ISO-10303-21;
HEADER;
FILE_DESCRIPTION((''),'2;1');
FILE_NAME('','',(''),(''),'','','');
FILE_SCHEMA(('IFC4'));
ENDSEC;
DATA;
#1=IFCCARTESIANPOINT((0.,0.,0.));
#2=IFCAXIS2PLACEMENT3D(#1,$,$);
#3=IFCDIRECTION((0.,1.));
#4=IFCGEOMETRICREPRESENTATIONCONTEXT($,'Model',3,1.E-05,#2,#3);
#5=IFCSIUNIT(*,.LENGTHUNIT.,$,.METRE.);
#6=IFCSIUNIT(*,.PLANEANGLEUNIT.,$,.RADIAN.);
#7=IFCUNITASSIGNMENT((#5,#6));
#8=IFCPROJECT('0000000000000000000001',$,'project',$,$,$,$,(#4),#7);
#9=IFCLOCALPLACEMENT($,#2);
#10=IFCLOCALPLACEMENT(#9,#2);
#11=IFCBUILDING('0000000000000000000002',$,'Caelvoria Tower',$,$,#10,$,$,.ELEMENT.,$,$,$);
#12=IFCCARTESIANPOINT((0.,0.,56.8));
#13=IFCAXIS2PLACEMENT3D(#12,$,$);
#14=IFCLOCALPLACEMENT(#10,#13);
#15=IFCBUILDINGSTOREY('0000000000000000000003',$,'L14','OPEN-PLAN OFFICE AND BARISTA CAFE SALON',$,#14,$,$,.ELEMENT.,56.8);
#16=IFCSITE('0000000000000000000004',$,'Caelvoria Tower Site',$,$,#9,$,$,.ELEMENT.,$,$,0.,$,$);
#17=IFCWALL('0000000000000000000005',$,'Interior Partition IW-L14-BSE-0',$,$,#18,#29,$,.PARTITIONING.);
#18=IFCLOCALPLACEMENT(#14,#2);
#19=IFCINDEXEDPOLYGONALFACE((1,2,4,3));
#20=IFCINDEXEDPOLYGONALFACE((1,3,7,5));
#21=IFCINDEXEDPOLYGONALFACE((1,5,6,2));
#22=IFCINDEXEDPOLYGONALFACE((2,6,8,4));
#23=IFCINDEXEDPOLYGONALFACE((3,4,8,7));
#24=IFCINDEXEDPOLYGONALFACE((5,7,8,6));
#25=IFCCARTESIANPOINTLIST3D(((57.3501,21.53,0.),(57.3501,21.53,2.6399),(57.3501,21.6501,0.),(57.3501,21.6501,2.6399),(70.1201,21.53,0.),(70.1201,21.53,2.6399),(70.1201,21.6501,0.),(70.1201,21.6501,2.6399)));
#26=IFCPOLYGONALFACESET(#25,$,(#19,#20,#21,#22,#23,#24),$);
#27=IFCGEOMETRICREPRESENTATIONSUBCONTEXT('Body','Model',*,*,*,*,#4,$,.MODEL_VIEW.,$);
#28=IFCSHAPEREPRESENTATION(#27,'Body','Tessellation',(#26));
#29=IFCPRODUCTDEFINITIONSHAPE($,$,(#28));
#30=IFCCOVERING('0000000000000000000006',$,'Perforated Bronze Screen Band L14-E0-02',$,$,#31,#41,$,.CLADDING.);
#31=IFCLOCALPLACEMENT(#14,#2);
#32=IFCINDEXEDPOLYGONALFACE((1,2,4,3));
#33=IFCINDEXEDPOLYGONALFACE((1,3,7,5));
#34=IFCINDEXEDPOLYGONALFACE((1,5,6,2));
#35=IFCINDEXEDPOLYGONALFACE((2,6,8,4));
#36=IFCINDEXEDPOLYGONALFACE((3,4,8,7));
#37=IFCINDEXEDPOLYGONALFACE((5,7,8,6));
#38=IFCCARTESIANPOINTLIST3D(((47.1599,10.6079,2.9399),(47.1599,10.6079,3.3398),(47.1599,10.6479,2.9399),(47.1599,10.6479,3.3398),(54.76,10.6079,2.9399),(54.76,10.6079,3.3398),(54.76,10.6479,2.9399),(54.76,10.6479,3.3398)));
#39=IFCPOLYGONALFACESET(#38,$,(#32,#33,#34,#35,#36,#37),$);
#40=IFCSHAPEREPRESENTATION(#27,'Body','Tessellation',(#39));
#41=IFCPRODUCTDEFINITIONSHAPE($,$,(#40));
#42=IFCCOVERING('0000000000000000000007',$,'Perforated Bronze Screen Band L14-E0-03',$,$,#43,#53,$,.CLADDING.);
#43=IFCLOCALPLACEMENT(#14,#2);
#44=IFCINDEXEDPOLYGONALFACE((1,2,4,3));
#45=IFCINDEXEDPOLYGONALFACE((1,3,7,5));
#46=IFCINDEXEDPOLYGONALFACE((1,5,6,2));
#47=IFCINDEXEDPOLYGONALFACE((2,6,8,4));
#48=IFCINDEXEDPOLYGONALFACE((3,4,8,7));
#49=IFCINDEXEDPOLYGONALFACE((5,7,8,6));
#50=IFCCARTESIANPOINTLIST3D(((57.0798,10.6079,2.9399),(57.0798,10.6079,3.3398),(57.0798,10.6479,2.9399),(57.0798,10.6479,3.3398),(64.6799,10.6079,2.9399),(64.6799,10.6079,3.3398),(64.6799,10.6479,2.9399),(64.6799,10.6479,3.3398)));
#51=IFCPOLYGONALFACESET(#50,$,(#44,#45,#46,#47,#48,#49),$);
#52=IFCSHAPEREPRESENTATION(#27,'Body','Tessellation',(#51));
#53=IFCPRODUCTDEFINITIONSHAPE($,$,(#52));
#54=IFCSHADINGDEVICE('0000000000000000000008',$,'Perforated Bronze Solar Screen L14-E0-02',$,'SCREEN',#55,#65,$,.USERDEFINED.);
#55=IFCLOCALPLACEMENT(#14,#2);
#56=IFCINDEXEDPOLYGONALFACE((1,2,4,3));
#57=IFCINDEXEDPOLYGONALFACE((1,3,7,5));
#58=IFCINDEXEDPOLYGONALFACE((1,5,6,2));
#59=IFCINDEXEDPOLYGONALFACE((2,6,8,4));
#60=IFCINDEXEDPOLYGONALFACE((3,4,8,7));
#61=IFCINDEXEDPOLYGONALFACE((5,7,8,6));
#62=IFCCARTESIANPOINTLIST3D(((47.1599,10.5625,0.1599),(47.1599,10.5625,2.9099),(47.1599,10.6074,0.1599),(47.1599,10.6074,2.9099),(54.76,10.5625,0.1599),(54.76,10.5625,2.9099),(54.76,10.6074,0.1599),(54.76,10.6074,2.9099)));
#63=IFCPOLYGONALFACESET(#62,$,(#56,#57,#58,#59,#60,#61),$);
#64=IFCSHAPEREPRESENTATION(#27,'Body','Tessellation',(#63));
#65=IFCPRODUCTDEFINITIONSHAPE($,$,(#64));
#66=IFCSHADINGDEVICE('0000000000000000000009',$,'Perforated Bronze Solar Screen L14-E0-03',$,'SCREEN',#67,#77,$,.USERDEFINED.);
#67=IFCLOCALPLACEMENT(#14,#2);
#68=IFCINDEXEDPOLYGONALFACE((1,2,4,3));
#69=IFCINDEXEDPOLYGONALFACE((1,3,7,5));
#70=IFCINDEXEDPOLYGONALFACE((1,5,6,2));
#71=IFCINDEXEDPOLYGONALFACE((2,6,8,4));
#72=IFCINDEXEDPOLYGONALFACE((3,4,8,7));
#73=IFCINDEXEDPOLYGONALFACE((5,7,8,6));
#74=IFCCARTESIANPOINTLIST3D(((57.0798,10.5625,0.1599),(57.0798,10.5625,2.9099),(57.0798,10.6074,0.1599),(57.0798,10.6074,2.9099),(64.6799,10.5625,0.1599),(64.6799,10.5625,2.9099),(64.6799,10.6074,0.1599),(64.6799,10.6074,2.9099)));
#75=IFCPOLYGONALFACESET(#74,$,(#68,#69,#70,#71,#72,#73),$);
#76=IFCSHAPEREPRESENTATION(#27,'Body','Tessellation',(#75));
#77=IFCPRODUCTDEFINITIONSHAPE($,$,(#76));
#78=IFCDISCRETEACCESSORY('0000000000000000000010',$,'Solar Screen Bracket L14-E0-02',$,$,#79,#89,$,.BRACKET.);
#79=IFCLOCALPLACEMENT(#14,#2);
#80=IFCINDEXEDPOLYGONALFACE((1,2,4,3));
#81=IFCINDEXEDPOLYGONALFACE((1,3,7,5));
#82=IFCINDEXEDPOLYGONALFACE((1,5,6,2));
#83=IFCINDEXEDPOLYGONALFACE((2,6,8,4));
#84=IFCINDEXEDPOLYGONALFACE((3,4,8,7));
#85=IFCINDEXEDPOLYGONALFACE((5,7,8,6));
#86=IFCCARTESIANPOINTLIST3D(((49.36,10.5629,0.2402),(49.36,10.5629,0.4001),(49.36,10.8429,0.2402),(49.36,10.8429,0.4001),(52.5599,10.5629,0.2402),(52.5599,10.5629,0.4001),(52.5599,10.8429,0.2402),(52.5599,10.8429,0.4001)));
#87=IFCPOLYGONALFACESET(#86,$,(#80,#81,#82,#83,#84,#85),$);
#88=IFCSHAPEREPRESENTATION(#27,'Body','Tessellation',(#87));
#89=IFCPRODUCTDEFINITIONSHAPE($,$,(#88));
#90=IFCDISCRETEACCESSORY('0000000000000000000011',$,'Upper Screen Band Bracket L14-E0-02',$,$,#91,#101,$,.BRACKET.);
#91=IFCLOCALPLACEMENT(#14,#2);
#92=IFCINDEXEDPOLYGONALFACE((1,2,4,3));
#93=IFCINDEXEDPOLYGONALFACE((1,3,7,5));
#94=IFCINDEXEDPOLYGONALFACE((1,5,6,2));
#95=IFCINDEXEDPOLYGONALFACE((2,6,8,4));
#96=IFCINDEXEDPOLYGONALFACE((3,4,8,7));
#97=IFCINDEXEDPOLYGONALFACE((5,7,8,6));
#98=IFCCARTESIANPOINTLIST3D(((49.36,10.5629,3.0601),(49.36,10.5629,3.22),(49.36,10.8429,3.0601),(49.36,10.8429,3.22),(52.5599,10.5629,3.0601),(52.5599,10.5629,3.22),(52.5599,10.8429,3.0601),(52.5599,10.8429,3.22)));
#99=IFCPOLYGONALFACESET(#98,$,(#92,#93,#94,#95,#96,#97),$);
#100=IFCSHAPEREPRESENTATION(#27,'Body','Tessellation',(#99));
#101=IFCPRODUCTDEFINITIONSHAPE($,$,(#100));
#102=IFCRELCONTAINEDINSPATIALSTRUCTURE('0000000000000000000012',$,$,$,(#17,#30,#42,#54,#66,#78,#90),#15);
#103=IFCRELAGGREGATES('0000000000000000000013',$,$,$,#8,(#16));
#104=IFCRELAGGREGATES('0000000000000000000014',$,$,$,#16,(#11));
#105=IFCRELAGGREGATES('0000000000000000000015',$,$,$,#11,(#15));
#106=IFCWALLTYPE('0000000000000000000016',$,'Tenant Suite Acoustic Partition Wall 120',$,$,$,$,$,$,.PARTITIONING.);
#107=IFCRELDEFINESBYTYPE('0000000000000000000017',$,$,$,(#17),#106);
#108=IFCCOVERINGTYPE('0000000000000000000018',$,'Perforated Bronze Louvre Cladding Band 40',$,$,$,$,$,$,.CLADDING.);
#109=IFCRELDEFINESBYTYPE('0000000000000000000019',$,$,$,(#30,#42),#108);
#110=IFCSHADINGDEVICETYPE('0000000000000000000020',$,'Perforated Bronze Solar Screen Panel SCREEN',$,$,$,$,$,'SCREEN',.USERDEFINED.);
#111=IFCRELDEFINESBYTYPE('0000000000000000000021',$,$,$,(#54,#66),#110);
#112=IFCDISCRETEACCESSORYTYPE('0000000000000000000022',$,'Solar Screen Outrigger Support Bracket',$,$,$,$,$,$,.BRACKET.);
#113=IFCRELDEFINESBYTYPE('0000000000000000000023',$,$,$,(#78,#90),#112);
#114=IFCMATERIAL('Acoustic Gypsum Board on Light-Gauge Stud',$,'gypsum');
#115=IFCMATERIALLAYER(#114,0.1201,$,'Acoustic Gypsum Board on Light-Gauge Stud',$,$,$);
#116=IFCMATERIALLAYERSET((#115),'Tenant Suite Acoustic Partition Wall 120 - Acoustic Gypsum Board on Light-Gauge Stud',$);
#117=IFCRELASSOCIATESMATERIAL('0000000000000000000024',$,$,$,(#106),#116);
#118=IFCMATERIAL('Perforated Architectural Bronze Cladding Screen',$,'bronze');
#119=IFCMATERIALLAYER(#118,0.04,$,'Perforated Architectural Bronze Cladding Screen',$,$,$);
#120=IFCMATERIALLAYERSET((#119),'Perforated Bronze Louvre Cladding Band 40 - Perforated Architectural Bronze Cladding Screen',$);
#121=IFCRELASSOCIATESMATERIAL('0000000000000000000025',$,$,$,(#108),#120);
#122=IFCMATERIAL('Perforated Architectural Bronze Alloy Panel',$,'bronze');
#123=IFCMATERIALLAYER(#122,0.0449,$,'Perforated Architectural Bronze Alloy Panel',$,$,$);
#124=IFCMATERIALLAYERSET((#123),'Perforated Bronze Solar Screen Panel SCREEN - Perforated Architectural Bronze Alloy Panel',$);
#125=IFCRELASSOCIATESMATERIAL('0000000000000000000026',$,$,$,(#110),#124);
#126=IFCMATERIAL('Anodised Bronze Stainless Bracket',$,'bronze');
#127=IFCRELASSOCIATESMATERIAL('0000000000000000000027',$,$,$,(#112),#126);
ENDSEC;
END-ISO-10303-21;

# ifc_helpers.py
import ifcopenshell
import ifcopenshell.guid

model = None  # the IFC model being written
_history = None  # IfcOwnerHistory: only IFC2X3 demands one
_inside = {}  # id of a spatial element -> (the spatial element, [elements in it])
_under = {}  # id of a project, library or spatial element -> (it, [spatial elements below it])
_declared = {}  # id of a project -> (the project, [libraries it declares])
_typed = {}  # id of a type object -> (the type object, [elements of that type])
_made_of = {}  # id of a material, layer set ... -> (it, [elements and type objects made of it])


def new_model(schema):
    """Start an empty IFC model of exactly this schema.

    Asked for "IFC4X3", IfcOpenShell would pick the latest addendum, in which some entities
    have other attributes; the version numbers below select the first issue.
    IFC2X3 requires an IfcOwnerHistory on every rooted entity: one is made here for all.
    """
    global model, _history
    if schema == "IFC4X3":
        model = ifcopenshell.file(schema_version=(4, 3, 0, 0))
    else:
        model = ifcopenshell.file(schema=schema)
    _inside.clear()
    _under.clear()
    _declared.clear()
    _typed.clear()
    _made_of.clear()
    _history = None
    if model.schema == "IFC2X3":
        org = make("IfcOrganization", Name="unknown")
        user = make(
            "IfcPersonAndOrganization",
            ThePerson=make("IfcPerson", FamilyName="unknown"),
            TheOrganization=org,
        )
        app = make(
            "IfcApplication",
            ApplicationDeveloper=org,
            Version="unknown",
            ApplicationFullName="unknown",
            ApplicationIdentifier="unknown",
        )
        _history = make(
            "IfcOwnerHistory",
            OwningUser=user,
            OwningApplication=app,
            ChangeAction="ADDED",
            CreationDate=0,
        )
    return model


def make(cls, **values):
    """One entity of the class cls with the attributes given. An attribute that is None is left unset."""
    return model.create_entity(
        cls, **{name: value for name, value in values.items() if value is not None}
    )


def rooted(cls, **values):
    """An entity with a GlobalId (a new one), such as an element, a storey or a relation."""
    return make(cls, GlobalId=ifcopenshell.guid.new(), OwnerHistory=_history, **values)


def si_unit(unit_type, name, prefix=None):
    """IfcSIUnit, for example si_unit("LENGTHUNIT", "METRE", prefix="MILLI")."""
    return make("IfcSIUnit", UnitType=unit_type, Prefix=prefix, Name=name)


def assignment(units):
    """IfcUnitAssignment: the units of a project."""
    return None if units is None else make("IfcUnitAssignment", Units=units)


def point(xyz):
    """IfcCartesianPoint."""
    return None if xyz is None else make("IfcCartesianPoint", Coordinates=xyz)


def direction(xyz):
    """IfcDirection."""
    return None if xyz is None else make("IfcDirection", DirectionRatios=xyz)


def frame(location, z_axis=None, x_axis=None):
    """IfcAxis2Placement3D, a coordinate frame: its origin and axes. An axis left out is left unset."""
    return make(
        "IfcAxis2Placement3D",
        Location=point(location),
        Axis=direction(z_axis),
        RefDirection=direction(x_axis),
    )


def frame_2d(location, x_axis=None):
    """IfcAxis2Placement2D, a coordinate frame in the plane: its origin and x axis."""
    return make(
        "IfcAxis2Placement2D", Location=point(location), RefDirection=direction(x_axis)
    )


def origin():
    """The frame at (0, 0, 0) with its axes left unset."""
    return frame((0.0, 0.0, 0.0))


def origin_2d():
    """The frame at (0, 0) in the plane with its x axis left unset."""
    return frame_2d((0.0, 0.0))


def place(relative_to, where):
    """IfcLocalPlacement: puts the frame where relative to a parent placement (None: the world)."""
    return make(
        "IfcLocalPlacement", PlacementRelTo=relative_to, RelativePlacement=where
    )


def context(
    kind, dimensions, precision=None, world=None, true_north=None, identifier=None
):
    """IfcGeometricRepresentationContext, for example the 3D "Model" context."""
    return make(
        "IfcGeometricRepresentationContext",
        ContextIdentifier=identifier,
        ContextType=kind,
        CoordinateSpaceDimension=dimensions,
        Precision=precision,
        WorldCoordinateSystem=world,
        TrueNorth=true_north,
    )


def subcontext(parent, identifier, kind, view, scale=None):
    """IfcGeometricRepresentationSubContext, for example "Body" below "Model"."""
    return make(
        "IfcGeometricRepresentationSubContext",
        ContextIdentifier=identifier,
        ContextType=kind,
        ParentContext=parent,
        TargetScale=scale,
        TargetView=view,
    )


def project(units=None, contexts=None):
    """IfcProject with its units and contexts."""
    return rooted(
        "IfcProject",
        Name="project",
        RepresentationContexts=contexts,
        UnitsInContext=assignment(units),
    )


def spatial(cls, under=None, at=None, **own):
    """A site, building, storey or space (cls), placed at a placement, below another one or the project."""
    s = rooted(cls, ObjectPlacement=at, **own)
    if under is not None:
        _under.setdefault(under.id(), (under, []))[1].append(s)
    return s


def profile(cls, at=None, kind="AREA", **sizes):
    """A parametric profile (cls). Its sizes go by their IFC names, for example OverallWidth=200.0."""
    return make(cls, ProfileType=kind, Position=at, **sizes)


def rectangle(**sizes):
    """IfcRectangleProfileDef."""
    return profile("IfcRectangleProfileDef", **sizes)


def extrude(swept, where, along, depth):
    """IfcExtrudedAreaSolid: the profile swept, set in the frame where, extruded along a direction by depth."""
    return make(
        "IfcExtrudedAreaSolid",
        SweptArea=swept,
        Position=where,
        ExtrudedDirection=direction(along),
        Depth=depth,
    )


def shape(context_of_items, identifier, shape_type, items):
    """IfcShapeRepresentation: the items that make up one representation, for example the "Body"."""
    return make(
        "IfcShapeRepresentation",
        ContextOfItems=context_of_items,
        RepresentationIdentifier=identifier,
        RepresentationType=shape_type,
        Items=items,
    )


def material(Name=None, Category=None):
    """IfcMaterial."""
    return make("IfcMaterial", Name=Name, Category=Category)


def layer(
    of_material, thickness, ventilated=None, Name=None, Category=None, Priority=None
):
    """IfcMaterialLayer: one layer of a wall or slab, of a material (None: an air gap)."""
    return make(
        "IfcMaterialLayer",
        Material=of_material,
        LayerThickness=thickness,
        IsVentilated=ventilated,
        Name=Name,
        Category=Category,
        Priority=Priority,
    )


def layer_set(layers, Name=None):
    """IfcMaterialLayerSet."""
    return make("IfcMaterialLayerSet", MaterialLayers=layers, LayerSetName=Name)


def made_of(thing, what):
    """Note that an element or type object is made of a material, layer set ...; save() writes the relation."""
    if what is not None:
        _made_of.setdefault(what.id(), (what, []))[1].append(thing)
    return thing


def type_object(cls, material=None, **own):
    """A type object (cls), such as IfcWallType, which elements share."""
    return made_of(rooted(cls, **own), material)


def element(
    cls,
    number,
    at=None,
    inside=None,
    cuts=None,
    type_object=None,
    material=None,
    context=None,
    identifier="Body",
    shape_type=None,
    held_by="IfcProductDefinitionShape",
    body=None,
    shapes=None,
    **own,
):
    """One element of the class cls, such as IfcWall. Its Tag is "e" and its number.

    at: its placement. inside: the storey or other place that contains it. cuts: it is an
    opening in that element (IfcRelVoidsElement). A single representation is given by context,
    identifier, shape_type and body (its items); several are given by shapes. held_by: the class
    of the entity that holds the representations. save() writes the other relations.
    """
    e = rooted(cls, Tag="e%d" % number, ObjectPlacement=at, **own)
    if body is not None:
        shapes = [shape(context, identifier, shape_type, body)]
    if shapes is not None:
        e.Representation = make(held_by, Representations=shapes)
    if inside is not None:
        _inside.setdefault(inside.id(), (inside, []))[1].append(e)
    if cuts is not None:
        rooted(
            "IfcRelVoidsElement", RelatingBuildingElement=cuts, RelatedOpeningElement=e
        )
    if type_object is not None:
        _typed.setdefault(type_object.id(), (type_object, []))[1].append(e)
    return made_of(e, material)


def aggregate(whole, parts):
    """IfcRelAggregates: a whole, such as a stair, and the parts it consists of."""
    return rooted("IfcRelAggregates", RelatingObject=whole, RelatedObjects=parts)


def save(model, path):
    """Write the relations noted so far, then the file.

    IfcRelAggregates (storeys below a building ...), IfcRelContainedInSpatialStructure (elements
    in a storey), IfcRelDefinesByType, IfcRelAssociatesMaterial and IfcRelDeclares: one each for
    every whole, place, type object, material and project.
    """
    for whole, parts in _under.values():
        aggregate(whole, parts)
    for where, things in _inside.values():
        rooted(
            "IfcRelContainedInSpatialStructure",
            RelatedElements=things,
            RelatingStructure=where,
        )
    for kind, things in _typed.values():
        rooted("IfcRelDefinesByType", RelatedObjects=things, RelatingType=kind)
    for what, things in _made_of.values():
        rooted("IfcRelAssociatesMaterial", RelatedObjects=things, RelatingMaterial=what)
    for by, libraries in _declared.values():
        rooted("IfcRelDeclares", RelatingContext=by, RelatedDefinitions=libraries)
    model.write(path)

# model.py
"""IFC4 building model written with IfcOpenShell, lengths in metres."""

from ifc_helpers import new_model, si_unit, direction, frame, frame_2d, origin, origin_2d, place, context, subcontext, project, spatial, rectangle, extrude, material, layer, layer_set, type_object, element, save


model = new_model("IFC4")

# Units and contexts
model_context = context("Model", 3, precision=1e-05, world=origin(), true_north=direction((0.0, 1.0)))
body_context = subcontext(model_context, "Body", "Model", "MODEL_VIEW")
ifc_project = project(units=[si_unit("LENGTHUNIT", "METRE"), si_unit("PLANEANGLEUNIT", "RADIAN")], contexts=[model_context])

# Site, building, storey
site_placement = place(None, origin())
site = spatial("IfcSite", under=ifc_project, at=site_placement, Name="Caelvoria Tower Site", CompositionType="ELEMENT", RefElevation=0.0)
building_placement = place(site_placement, origin())
building = spatial("IfcBuilding", under=site, at=building_placement, Name="Caelvoria Tower", CompositionType="ELEMENT")
storey_placement = place(building_placement, frame((0.0, 0.0, 56.8)))
storey = spatial("IfcBuildingStorey", under=building, at=storey_placement, Name="L14", Description="OPEN-PLAN OFFICE AND BARISTA CAFE SALON", CompositionType="ELEMENT", Elevation=56.8)

# Shared definitions
ifc_material_1 = material(Name="Acoustic Gypsum Board on Light-Gauge Stud", Category="gypsum")
ifc_layer_1 = layer(ifc_material_1, 0.1201, Name="Acoustic Gypsum Board on Light-Gauge Stud")
ifc_layer_set_1 = layer_set([ifc_layer_1], Name="Tenant Suite Acoustic Partition Wall 120 - Acoustic Gypsum Board on Light-Gauge Stud")
wall_type_1 = type_object("IfcWallType", Name="Tenant Suite Acoustic Partition Wall 120", PredefinedType="PARTITIONING", material=ifc_layer_set_1)

# Wall
wall_1_placement = place(storey_placement, frame((57.3501, 21.5901, 0.0), z_axis=(0.0, 0.0, 1.0), x_axis=(1.0, 0.0, 0.0)))
element("IfcWall", 1, at=wall_1_placement, inside=storey, type_object=wall_type_1, Name="Interior Partition IW-L14-BSE-0", PredefinedType="PARTITIONING", context=body_context, shape_type="SweptSolid", body=[
    extrude(rectangle(XDim=12.77, YDim=0.1201, at=frame_2d((6.385, 0.0))), origin(), (0.0, 0.0, 1.0), 2.6399),
])

# Coverings
ifc_material_2 = material(Name="Perforated Architectural Bronze Cladding Screen", Category="bronze")
ifc_layer_2 = layer(ifc_material_2, 0.04, Name="Perforated Architectural Bronze Cladding Screen")
ifc_layer_set_2 = layer_set([ifc_layer_2], Name="Perforated Bronze Louvre Cladding Band 40 - Perforated Architectural Bronze Cladding Screen")
covering_type = type_object("IfcCoveringType", Name="Perforated Bronze Louvre Cladding Band 40", PredefinedType="CLADDING", material=ifc_layer_set_2)
for number, where, z_axis, x_axis, name in (
    (2, (50.96, 10.6279, 2.9399), (0.0, 0.0, 1.0), (1.0, 0.0, 0.0), "Perforated Bronze Screen Band L14-E0-02"),
    (3, (60.8799, 10.6279, 2.9399), (0.0, 0.0, 1.0), (1.0, 0.0, 0.0), "Perforated Bronze Screen Band L14-E0-03"),
):
    element("IfcCovering", number, at=place(storey_placement, frame(where, z_axis=z_axis, x_axis=x_axis)), inside=storey, type_object=covering_type, Name=name, PredefinedType="CLADDING", context=body_context, shape_type="SweptSolid", body=[
        extrude(rectangle(XDim=7.6001, YDim=0.04, at=origin_2d()), origin(), (0.0, 0.0, 1.0), 0.3999),
    ])

# Shading devices
ifc_material_3 = material(Name="Perforated Architectural Bronze Alloy Panel", Category="bronze")
ifc_layer_3 = layer(ifc_material_3, 0.0449, Name="Perforated Architectural Bronze Alloy Panel")
ifc_layer_set_3 = layer_set([ifc_layer_3], Name="Perforated Bronze Solar Screen Panel SCREEN - Perforated Architectural Bronze Alloy Panel")
shading_device_type = type_object("IfcShadingDeviceType", Name="Perforated Bronze Solar Screen Panel SCREEN", ElementType="SCREEN", PredefinedType="USERDEFINED", material=ifc_layer_set_3)
for number, where, z_axis, x_axis, name in (
    (4, (50.96, 10.585, 0.1599), (0.0, 0.0, 1.0), (1.0, 0.0, 0.0), "Perforated Bronze Solar Screen L14-E0-02"),
    (5, (60.8799, 10.585, 0.1599), (0.0, 0.0, 1.0), (1.0, 0.0, 0.0), "Perforated Bronze Solar Screen L14-E0-03"),
):
    element("IfcShadingDevice", number, at=place(storey_placement, frame(where, z_axis=z_axis, x_axis=x_axis)), inside=storey, type_object=shading_device_type, Name=name, ObjectType="SCREEN", PredefinedType="USERDEFINED", context=body_context, shape_type="SweptSolid", body=[
        extrude(rectangle(XDim=7.6001, YDim=0.0449, at=origin_2d()), origin(), (0.0, 0.0, 1.0), 2.75),
    ])

# Discrete accessories
ifc_material_4 = material(Name="Anodised Bronze Stainless Bracket", Category="bronze")
discrete_accessory_type = type_object("IfcDiscreteAccessoryType", Name="Solar Screen Outrigger Support Bracket", PredefinedType="BRACKET", material=ifc_material_4)
for number, where, z_axis, x_axis, name in (
    (6, (50.96, 10.7029, 0.2402), (0.0, 0.0, 1.0), (1.0, 0.0, 0.0), "Solar Screen Bracket L14-E0-02"),
    (7, (50.96, 10.7029, 3.0601), (0.0, 0.0, 1.0), (1.0, 0.0, 0.0), "Upper Screen Band Bracket L14-E0-02"),
):
    element("IfcDiscreteAccessory", number, at=place(storey_placement, frame(where, z_axis=z_axis, x_axis=x_axis)), inside=storey, type_object=discrete_accessory_type, Name=name, PredefinedType="BRACKET", context=body_context, shape_type="SweptSolid", body=[
        extrude(rectangle(XDim=3.2, YDim=0.28, at=origin_2d()), origin(), (0.0, 0.0, 1.0), 0.1599),
    ])

save(model, "model.ifc")
